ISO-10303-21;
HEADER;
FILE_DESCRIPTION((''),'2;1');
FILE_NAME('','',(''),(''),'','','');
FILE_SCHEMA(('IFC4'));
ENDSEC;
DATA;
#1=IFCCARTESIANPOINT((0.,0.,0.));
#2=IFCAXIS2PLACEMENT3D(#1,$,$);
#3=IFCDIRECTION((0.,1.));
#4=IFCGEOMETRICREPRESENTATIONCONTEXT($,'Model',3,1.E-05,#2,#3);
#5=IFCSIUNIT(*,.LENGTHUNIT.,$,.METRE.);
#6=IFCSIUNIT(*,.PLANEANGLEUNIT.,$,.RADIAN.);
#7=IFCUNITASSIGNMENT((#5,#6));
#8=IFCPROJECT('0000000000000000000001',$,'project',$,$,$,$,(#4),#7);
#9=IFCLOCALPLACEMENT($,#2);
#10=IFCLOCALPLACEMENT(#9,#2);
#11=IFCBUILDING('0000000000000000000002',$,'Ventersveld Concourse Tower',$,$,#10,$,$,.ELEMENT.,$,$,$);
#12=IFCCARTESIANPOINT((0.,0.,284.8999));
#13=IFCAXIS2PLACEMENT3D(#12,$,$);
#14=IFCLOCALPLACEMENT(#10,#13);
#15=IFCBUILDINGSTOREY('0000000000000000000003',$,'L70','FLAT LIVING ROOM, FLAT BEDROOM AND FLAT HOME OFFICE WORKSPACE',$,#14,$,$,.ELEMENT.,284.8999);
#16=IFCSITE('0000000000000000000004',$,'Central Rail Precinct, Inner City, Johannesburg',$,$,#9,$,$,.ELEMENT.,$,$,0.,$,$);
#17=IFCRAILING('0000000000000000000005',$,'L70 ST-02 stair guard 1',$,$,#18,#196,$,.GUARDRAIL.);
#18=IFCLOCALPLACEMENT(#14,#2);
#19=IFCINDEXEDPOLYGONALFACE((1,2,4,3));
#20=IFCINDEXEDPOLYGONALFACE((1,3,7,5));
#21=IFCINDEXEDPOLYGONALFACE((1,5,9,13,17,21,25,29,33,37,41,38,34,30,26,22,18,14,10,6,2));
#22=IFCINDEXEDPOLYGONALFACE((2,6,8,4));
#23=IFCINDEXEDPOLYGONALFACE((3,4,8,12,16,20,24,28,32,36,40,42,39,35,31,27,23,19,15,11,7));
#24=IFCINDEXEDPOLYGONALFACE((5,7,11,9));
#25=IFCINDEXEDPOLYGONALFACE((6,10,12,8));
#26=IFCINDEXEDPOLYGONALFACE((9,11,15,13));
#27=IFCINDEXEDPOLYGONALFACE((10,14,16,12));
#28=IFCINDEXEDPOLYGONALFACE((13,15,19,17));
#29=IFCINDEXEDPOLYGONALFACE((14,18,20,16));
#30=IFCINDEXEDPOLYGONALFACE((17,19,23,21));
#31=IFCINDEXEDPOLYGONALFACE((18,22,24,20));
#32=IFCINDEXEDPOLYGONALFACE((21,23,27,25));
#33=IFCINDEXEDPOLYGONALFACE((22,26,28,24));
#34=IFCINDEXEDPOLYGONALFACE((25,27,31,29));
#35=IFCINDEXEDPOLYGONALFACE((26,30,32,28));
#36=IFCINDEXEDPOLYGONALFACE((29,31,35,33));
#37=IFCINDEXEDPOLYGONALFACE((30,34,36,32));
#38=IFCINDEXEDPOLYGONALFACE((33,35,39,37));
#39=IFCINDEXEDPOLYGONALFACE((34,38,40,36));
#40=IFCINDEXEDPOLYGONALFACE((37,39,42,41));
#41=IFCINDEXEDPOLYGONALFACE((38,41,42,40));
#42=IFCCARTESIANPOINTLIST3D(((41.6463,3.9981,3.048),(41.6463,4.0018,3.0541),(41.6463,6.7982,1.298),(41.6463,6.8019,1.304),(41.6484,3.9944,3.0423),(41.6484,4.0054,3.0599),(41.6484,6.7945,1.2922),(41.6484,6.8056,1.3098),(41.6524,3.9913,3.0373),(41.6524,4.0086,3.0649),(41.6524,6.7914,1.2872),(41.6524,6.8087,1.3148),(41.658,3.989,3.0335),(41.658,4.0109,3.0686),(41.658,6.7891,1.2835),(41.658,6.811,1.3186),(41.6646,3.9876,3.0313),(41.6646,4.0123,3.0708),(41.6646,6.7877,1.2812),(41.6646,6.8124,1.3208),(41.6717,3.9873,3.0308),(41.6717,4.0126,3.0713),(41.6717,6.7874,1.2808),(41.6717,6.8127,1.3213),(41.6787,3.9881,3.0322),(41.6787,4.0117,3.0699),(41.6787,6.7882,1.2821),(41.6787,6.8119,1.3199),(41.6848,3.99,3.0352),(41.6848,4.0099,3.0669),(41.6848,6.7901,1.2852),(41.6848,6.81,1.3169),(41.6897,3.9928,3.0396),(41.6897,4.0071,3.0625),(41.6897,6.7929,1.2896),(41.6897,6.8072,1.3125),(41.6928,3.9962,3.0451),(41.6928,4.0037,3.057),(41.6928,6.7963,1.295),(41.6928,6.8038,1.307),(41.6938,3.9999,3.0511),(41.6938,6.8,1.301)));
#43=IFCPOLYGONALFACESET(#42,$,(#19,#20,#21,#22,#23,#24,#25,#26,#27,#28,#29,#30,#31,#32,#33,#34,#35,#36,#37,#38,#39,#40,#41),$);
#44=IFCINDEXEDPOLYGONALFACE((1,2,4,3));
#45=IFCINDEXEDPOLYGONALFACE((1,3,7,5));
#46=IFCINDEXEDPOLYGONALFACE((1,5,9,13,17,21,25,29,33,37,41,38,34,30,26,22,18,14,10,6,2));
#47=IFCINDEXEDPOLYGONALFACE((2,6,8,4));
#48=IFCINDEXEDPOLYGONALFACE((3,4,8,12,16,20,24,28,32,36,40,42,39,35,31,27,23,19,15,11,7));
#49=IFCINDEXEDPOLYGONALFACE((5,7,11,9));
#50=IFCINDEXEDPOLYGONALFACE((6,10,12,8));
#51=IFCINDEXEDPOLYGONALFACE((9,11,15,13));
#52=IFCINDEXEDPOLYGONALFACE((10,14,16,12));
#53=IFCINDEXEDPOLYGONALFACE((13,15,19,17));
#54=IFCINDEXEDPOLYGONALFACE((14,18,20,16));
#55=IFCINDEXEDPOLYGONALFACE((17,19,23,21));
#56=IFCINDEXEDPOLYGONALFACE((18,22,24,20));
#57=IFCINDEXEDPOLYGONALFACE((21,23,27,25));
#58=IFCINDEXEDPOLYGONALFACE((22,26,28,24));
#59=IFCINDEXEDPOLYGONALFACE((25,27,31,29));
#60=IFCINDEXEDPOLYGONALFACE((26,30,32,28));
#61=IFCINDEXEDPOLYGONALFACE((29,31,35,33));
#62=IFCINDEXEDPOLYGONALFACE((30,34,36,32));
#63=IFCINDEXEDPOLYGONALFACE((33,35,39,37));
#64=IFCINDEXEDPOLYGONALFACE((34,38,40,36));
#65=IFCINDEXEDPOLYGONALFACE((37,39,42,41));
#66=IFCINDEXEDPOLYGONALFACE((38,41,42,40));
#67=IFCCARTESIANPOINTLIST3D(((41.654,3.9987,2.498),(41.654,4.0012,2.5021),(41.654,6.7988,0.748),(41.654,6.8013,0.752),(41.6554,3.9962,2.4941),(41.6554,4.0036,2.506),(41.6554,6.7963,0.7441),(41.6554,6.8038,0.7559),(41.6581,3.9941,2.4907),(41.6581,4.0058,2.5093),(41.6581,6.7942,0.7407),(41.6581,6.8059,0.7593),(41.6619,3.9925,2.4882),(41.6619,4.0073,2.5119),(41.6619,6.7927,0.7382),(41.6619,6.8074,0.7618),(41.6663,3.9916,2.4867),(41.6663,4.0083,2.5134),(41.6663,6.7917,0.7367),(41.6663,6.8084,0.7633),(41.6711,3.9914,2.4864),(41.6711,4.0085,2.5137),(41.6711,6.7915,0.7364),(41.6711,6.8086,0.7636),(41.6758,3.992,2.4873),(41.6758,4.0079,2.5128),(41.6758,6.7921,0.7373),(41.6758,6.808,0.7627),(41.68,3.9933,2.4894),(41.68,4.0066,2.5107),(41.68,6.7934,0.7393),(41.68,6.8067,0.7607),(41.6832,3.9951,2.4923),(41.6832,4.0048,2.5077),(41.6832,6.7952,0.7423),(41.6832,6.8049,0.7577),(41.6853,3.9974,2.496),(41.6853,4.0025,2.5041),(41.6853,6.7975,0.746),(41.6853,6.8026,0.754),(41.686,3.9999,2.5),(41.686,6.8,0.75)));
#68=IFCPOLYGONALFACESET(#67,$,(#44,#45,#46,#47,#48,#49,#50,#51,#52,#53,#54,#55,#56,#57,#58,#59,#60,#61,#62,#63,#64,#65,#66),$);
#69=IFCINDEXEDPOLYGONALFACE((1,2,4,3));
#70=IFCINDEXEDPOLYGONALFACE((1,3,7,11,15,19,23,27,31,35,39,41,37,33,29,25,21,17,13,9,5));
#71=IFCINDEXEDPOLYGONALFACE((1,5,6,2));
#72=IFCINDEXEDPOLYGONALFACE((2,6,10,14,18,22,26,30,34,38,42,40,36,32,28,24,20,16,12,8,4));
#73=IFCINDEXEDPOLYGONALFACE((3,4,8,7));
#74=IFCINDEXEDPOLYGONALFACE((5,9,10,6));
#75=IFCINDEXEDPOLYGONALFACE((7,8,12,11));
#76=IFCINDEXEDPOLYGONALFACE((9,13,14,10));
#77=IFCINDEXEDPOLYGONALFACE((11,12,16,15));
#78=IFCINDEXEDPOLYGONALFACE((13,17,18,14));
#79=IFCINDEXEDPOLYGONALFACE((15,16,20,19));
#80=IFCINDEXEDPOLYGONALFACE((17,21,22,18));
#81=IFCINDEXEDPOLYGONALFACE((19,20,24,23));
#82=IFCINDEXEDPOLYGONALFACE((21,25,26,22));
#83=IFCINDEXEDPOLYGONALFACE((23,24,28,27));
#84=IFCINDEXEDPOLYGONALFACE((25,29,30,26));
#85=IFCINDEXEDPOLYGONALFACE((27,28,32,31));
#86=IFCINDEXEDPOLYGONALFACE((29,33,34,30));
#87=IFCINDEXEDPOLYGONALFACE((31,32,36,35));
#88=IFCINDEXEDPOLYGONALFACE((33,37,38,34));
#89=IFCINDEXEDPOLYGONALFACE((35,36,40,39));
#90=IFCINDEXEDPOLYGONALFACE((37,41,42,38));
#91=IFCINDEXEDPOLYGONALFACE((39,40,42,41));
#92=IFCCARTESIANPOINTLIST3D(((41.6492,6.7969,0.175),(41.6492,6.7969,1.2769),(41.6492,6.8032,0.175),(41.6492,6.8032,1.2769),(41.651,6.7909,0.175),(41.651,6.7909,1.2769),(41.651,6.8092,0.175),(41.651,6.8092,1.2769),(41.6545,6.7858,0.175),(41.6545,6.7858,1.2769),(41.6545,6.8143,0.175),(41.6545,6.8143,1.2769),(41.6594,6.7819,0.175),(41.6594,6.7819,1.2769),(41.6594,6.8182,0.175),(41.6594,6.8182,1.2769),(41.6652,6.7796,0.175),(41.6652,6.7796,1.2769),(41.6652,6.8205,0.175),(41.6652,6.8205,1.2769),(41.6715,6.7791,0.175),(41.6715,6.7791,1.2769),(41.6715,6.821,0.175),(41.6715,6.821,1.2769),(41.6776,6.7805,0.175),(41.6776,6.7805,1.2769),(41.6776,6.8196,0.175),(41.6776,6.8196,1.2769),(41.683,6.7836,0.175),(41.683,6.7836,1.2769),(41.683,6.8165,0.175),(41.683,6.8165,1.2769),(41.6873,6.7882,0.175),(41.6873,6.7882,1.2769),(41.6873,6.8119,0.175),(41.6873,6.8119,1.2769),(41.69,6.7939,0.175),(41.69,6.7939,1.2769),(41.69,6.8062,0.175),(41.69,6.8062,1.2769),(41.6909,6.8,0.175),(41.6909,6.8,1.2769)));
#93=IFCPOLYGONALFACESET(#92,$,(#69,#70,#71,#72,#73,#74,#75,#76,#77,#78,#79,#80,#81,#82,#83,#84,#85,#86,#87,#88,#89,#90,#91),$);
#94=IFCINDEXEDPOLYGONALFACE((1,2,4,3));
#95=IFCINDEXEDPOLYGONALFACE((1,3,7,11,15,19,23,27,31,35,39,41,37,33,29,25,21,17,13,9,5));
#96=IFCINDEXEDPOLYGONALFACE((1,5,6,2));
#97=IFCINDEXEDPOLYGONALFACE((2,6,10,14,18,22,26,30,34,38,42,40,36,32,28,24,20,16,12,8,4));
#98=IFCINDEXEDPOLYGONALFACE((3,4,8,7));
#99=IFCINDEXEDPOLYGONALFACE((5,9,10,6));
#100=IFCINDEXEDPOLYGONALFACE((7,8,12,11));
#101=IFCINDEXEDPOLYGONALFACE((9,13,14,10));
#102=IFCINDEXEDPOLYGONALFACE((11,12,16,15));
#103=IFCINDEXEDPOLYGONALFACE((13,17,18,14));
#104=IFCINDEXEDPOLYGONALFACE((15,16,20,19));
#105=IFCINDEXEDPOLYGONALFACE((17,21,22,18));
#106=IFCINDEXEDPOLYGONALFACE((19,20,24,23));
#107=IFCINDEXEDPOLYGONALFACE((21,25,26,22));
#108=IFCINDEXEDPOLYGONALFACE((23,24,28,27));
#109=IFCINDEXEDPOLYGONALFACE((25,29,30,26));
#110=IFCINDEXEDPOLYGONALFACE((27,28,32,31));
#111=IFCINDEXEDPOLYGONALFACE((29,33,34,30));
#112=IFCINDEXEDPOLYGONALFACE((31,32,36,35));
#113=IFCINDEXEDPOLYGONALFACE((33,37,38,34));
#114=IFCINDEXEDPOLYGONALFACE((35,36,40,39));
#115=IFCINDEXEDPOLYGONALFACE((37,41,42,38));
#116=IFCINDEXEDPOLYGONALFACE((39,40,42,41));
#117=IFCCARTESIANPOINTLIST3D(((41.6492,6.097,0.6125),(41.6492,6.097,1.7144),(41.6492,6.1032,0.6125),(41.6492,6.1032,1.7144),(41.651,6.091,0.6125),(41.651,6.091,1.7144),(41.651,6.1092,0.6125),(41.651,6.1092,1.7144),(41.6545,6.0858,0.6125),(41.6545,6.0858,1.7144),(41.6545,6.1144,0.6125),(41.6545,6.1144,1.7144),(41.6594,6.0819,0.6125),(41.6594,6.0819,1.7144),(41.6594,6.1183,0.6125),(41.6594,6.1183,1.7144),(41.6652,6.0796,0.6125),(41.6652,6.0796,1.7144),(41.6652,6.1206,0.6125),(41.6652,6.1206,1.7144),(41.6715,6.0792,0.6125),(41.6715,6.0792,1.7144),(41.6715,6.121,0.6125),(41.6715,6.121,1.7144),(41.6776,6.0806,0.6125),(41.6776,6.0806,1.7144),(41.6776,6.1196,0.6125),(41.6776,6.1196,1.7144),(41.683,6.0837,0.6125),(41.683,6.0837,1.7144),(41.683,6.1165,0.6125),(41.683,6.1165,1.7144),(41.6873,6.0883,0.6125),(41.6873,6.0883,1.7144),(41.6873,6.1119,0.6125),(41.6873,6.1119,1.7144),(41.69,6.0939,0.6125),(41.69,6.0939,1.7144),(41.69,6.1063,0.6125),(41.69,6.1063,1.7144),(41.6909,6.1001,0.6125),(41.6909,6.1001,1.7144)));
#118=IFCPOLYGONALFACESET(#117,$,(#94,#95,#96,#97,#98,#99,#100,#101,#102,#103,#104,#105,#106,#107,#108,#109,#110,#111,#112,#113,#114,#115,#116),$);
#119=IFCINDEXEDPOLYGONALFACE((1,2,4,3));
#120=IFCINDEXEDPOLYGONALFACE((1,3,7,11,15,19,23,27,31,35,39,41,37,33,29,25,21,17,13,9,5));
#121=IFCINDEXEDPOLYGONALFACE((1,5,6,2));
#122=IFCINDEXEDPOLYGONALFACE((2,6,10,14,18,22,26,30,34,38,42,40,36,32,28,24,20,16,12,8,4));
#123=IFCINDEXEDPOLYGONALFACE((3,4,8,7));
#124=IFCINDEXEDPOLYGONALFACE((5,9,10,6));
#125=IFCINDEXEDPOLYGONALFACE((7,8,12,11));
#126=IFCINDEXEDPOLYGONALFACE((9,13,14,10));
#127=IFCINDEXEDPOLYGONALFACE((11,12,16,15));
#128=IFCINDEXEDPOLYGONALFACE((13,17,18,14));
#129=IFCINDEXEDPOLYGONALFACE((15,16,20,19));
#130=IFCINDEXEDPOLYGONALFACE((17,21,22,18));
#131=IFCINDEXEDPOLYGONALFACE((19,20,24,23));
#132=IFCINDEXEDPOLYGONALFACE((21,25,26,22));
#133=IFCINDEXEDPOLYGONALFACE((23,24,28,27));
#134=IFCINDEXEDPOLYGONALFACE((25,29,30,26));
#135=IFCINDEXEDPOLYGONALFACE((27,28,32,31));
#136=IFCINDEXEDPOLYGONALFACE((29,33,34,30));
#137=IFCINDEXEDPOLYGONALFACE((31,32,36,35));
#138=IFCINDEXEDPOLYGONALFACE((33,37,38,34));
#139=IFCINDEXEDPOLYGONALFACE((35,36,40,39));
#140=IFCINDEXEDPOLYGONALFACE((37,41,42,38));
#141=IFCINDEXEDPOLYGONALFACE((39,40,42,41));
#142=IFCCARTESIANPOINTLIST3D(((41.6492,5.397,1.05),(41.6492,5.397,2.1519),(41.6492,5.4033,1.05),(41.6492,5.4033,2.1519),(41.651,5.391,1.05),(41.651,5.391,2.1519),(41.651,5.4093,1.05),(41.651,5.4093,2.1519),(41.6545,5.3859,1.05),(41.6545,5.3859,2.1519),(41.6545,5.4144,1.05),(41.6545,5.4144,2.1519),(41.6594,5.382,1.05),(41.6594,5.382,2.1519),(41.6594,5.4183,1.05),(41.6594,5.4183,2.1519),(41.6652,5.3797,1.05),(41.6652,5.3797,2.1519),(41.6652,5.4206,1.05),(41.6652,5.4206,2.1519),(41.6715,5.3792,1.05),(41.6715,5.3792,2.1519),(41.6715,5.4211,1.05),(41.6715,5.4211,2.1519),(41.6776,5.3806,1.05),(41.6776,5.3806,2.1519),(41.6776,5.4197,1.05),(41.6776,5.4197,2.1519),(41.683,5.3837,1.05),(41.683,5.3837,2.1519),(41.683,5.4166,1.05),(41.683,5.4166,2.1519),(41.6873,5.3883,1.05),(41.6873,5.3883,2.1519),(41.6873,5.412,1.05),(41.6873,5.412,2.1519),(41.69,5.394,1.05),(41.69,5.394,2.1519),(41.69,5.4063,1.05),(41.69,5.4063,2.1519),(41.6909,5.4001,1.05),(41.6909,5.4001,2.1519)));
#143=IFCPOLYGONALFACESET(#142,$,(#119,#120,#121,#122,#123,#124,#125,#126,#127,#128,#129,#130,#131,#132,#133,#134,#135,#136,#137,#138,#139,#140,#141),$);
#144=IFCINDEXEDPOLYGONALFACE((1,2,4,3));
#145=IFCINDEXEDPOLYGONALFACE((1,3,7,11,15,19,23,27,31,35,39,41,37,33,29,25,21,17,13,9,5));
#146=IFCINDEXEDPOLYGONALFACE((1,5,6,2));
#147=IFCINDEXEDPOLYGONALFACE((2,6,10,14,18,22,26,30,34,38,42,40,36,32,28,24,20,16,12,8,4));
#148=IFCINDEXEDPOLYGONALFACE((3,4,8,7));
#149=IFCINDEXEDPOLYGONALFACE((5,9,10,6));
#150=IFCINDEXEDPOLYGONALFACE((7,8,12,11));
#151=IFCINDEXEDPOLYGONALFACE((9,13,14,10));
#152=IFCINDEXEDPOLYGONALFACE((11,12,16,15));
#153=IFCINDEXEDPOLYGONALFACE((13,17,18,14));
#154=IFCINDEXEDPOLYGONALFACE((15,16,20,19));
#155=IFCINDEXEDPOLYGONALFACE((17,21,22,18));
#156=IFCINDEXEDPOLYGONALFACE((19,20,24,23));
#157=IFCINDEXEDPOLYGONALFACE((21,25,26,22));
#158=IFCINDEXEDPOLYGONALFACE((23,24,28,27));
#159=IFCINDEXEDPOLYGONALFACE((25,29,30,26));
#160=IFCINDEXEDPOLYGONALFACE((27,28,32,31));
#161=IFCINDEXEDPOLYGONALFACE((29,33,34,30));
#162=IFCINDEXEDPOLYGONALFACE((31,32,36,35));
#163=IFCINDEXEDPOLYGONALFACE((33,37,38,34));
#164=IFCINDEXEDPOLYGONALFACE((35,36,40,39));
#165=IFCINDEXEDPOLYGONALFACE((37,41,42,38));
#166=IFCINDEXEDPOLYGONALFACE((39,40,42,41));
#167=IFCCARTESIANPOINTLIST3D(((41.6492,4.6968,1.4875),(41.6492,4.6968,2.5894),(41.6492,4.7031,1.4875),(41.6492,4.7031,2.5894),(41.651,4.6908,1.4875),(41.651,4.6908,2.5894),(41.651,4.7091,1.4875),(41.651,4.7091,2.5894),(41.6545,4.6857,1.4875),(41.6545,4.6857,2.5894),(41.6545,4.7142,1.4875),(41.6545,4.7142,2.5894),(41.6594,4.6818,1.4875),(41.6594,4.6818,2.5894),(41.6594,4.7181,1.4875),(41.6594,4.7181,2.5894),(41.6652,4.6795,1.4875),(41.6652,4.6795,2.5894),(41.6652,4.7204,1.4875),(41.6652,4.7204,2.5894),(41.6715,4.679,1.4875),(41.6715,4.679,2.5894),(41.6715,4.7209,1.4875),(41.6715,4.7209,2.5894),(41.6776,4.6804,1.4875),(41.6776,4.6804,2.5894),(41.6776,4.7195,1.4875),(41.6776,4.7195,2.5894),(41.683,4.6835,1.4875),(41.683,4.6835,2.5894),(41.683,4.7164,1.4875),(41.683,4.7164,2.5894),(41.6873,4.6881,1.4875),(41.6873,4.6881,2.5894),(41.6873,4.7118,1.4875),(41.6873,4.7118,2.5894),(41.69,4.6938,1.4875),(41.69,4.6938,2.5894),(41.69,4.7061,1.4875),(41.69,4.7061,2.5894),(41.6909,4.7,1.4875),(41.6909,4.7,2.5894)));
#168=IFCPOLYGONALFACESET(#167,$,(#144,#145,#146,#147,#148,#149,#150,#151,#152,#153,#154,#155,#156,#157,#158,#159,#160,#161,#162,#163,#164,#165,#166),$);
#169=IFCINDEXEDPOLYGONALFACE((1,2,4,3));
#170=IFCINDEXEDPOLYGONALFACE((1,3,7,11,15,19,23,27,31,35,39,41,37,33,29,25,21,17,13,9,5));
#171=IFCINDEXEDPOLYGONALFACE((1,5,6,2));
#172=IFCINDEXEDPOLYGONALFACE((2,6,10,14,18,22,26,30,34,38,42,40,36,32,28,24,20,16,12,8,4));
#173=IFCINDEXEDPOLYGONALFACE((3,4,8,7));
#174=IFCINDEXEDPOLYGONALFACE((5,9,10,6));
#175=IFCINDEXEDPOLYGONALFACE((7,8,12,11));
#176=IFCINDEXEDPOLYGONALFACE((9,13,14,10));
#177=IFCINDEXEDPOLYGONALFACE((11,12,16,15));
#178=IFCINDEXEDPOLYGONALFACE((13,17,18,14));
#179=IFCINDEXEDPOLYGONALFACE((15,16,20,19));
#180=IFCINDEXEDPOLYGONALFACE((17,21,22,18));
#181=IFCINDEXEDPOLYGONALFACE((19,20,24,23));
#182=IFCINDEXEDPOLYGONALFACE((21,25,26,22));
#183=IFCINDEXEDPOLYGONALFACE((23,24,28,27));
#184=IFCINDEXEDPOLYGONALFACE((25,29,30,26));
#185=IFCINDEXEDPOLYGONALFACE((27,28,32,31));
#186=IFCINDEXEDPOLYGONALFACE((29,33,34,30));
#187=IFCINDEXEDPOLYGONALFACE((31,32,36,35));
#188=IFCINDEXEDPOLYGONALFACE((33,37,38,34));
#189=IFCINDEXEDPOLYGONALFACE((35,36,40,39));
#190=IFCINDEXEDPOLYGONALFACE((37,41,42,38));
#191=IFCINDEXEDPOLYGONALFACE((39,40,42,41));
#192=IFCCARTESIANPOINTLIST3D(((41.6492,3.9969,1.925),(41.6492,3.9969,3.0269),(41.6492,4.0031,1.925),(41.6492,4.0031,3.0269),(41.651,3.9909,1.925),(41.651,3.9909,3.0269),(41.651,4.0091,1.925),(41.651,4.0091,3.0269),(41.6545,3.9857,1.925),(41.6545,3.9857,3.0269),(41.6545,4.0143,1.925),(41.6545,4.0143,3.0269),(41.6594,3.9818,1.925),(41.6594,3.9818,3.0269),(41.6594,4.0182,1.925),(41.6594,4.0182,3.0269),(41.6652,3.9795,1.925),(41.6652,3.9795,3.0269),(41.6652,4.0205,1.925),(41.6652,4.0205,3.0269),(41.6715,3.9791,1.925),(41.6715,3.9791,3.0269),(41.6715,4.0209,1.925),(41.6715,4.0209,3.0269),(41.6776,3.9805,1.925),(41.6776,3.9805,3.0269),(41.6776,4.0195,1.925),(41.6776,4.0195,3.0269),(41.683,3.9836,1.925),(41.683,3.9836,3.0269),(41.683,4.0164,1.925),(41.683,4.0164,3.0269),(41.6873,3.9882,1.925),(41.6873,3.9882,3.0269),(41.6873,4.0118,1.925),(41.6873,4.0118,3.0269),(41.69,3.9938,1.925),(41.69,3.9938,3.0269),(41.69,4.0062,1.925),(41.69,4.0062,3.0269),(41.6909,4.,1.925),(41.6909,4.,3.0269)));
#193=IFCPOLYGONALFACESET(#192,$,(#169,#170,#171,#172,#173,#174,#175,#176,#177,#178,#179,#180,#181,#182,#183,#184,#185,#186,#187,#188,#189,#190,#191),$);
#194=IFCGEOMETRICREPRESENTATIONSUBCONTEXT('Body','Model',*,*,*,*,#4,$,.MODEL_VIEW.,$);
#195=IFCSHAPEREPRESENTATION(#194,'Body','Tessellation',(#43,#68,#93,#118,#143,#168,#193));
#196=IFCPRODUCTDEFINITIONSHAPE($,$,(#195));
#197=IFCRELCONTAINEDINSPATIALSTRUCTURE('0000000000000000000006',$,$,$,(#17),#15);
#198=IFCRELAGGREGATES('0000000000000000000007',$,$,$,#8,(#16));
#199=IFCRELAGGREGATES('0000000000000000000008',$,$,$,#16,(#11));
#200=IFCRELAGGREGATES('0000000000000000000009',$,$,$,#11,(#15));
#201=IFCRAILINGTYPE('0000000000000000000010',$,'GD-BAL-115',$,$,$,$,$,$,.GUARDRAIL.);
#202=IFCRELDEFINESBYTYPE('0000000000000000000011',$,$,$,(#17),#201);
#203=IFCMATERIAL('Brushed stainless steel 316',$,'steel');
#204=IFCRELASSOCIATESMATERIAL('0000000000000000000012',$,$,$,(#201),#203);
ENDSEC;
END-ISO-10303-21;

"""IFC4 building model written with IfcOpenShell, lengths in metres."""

from ifc_helpers import new_model, si_unit, direction, frame, origin, origin_2d, place, context, subcontext, project, spatial, circle, extrude, material, type_object, element, save


model = new_model("IFC4")

# Units and contexts
model_context = context("Model", 3, precision=1e-05, world=origin(), true_north=direction((0.0, 1.0)))
body_context = subcontext(model_context, "Body", "Model", "MODEL_VIEW")
ifc_project = project(units=[si_unit("LENGTHUNIT", "METRE"), si_unit("PLANEANGLEUNIT", "RADIAN")], contexts=[model_context])

# Site, building, storey
site_placement = place(None, origin())
site = spatial("IfcSite", under=ifc_project, at=site_placement, Name="Central Rail Precinct, Inner City, Johannesburg", CompositionType="ELEMENT", RefElevation=0.0)
building_placement = place(site_placement, origin())
building = spatial("IfcBuilding", under=site, at=building_placement, Name="Ventersveld Concourse Tower", CompositionType="ELEMENT")
storey_placement = place(building_placement, frame((0.0, 0.0, 284.8999)))
storey = spatial("IfcBuildingStorey", under=building, at=storey_placement, Name="L70", Description="FLAT LIVING ROOM, FLAT BEDROOM AND FLAT HOME OFFICE WORKSPACE", CompositionType="ELEMENT", Elevation=284.8999)

# Shared definitions
ifc_material_1 = material(Name="Brushed stainless steel 316", Category="steel")

# Railing
railing_type_1 = type_object("IfcRailingType", Name="GD-BAL-115", PredefinedType="GUARDRAIL", material=ifc_material_1)
railing_1_placement = place(storey_placement, frame((41.6699, 6.8, 0.175)))
element("IfcRailing", 1, at=railing_1_placement, inside=storey, type_object=railing_type_1, Name="L70 ST-02 stair guard 1", PredefinedType="GUARDRAIL", context=body_context, shape_type="SweptSolid", body=[
    extrude(circle(Radius=0.0239, at=origin_2d()), frame((0.0, 0.0, 1.126), z_axis=(0.0, -0.848002, 0.529992), x_axis=(1.0, 0.0, 0.0)), (0.0, 0.0, 1.0), 3.302),
    extrude(circle(Radius=0.0161, at=origin_2d()), frame((0.0, 0.0, 0.575), z_axis=(0.0, -0.848002, 0.529992), x_axis=(1.0, 0.0, 0.0)), (0.0, 0.0, 1.0), 3.302),
    extrude(circle(Radius=0.021, at=origin_2d()), origin(), (0.0, 0.0, 1.0), 1.1018),
    extrude(circle(Radius=0.021, at=origin_2d()), frame((0.0, -0.7, 0.4375)), (0.0, 0.0, 1.0), 1.1018),
    extrude(circle(Radius=0.021, at=origin_2d()), frame((0.0, -1.3999, 0.875)), (0.0, 0.0, 1.0), 1.1018),
    extrude(circle(Radius=0.021, at=origin_2d()), frame((0.0, -2.1001, 1.3125)), (0.0, 0.0, 1.0), 1.1018),
    extrude(circle(Radius=0.021, at=origin_2d()), frame((0.0, -2.8, 1.75)), (0.0, 0.0, 1.0), 1.1018),
])

save(model, "model.ifc")
